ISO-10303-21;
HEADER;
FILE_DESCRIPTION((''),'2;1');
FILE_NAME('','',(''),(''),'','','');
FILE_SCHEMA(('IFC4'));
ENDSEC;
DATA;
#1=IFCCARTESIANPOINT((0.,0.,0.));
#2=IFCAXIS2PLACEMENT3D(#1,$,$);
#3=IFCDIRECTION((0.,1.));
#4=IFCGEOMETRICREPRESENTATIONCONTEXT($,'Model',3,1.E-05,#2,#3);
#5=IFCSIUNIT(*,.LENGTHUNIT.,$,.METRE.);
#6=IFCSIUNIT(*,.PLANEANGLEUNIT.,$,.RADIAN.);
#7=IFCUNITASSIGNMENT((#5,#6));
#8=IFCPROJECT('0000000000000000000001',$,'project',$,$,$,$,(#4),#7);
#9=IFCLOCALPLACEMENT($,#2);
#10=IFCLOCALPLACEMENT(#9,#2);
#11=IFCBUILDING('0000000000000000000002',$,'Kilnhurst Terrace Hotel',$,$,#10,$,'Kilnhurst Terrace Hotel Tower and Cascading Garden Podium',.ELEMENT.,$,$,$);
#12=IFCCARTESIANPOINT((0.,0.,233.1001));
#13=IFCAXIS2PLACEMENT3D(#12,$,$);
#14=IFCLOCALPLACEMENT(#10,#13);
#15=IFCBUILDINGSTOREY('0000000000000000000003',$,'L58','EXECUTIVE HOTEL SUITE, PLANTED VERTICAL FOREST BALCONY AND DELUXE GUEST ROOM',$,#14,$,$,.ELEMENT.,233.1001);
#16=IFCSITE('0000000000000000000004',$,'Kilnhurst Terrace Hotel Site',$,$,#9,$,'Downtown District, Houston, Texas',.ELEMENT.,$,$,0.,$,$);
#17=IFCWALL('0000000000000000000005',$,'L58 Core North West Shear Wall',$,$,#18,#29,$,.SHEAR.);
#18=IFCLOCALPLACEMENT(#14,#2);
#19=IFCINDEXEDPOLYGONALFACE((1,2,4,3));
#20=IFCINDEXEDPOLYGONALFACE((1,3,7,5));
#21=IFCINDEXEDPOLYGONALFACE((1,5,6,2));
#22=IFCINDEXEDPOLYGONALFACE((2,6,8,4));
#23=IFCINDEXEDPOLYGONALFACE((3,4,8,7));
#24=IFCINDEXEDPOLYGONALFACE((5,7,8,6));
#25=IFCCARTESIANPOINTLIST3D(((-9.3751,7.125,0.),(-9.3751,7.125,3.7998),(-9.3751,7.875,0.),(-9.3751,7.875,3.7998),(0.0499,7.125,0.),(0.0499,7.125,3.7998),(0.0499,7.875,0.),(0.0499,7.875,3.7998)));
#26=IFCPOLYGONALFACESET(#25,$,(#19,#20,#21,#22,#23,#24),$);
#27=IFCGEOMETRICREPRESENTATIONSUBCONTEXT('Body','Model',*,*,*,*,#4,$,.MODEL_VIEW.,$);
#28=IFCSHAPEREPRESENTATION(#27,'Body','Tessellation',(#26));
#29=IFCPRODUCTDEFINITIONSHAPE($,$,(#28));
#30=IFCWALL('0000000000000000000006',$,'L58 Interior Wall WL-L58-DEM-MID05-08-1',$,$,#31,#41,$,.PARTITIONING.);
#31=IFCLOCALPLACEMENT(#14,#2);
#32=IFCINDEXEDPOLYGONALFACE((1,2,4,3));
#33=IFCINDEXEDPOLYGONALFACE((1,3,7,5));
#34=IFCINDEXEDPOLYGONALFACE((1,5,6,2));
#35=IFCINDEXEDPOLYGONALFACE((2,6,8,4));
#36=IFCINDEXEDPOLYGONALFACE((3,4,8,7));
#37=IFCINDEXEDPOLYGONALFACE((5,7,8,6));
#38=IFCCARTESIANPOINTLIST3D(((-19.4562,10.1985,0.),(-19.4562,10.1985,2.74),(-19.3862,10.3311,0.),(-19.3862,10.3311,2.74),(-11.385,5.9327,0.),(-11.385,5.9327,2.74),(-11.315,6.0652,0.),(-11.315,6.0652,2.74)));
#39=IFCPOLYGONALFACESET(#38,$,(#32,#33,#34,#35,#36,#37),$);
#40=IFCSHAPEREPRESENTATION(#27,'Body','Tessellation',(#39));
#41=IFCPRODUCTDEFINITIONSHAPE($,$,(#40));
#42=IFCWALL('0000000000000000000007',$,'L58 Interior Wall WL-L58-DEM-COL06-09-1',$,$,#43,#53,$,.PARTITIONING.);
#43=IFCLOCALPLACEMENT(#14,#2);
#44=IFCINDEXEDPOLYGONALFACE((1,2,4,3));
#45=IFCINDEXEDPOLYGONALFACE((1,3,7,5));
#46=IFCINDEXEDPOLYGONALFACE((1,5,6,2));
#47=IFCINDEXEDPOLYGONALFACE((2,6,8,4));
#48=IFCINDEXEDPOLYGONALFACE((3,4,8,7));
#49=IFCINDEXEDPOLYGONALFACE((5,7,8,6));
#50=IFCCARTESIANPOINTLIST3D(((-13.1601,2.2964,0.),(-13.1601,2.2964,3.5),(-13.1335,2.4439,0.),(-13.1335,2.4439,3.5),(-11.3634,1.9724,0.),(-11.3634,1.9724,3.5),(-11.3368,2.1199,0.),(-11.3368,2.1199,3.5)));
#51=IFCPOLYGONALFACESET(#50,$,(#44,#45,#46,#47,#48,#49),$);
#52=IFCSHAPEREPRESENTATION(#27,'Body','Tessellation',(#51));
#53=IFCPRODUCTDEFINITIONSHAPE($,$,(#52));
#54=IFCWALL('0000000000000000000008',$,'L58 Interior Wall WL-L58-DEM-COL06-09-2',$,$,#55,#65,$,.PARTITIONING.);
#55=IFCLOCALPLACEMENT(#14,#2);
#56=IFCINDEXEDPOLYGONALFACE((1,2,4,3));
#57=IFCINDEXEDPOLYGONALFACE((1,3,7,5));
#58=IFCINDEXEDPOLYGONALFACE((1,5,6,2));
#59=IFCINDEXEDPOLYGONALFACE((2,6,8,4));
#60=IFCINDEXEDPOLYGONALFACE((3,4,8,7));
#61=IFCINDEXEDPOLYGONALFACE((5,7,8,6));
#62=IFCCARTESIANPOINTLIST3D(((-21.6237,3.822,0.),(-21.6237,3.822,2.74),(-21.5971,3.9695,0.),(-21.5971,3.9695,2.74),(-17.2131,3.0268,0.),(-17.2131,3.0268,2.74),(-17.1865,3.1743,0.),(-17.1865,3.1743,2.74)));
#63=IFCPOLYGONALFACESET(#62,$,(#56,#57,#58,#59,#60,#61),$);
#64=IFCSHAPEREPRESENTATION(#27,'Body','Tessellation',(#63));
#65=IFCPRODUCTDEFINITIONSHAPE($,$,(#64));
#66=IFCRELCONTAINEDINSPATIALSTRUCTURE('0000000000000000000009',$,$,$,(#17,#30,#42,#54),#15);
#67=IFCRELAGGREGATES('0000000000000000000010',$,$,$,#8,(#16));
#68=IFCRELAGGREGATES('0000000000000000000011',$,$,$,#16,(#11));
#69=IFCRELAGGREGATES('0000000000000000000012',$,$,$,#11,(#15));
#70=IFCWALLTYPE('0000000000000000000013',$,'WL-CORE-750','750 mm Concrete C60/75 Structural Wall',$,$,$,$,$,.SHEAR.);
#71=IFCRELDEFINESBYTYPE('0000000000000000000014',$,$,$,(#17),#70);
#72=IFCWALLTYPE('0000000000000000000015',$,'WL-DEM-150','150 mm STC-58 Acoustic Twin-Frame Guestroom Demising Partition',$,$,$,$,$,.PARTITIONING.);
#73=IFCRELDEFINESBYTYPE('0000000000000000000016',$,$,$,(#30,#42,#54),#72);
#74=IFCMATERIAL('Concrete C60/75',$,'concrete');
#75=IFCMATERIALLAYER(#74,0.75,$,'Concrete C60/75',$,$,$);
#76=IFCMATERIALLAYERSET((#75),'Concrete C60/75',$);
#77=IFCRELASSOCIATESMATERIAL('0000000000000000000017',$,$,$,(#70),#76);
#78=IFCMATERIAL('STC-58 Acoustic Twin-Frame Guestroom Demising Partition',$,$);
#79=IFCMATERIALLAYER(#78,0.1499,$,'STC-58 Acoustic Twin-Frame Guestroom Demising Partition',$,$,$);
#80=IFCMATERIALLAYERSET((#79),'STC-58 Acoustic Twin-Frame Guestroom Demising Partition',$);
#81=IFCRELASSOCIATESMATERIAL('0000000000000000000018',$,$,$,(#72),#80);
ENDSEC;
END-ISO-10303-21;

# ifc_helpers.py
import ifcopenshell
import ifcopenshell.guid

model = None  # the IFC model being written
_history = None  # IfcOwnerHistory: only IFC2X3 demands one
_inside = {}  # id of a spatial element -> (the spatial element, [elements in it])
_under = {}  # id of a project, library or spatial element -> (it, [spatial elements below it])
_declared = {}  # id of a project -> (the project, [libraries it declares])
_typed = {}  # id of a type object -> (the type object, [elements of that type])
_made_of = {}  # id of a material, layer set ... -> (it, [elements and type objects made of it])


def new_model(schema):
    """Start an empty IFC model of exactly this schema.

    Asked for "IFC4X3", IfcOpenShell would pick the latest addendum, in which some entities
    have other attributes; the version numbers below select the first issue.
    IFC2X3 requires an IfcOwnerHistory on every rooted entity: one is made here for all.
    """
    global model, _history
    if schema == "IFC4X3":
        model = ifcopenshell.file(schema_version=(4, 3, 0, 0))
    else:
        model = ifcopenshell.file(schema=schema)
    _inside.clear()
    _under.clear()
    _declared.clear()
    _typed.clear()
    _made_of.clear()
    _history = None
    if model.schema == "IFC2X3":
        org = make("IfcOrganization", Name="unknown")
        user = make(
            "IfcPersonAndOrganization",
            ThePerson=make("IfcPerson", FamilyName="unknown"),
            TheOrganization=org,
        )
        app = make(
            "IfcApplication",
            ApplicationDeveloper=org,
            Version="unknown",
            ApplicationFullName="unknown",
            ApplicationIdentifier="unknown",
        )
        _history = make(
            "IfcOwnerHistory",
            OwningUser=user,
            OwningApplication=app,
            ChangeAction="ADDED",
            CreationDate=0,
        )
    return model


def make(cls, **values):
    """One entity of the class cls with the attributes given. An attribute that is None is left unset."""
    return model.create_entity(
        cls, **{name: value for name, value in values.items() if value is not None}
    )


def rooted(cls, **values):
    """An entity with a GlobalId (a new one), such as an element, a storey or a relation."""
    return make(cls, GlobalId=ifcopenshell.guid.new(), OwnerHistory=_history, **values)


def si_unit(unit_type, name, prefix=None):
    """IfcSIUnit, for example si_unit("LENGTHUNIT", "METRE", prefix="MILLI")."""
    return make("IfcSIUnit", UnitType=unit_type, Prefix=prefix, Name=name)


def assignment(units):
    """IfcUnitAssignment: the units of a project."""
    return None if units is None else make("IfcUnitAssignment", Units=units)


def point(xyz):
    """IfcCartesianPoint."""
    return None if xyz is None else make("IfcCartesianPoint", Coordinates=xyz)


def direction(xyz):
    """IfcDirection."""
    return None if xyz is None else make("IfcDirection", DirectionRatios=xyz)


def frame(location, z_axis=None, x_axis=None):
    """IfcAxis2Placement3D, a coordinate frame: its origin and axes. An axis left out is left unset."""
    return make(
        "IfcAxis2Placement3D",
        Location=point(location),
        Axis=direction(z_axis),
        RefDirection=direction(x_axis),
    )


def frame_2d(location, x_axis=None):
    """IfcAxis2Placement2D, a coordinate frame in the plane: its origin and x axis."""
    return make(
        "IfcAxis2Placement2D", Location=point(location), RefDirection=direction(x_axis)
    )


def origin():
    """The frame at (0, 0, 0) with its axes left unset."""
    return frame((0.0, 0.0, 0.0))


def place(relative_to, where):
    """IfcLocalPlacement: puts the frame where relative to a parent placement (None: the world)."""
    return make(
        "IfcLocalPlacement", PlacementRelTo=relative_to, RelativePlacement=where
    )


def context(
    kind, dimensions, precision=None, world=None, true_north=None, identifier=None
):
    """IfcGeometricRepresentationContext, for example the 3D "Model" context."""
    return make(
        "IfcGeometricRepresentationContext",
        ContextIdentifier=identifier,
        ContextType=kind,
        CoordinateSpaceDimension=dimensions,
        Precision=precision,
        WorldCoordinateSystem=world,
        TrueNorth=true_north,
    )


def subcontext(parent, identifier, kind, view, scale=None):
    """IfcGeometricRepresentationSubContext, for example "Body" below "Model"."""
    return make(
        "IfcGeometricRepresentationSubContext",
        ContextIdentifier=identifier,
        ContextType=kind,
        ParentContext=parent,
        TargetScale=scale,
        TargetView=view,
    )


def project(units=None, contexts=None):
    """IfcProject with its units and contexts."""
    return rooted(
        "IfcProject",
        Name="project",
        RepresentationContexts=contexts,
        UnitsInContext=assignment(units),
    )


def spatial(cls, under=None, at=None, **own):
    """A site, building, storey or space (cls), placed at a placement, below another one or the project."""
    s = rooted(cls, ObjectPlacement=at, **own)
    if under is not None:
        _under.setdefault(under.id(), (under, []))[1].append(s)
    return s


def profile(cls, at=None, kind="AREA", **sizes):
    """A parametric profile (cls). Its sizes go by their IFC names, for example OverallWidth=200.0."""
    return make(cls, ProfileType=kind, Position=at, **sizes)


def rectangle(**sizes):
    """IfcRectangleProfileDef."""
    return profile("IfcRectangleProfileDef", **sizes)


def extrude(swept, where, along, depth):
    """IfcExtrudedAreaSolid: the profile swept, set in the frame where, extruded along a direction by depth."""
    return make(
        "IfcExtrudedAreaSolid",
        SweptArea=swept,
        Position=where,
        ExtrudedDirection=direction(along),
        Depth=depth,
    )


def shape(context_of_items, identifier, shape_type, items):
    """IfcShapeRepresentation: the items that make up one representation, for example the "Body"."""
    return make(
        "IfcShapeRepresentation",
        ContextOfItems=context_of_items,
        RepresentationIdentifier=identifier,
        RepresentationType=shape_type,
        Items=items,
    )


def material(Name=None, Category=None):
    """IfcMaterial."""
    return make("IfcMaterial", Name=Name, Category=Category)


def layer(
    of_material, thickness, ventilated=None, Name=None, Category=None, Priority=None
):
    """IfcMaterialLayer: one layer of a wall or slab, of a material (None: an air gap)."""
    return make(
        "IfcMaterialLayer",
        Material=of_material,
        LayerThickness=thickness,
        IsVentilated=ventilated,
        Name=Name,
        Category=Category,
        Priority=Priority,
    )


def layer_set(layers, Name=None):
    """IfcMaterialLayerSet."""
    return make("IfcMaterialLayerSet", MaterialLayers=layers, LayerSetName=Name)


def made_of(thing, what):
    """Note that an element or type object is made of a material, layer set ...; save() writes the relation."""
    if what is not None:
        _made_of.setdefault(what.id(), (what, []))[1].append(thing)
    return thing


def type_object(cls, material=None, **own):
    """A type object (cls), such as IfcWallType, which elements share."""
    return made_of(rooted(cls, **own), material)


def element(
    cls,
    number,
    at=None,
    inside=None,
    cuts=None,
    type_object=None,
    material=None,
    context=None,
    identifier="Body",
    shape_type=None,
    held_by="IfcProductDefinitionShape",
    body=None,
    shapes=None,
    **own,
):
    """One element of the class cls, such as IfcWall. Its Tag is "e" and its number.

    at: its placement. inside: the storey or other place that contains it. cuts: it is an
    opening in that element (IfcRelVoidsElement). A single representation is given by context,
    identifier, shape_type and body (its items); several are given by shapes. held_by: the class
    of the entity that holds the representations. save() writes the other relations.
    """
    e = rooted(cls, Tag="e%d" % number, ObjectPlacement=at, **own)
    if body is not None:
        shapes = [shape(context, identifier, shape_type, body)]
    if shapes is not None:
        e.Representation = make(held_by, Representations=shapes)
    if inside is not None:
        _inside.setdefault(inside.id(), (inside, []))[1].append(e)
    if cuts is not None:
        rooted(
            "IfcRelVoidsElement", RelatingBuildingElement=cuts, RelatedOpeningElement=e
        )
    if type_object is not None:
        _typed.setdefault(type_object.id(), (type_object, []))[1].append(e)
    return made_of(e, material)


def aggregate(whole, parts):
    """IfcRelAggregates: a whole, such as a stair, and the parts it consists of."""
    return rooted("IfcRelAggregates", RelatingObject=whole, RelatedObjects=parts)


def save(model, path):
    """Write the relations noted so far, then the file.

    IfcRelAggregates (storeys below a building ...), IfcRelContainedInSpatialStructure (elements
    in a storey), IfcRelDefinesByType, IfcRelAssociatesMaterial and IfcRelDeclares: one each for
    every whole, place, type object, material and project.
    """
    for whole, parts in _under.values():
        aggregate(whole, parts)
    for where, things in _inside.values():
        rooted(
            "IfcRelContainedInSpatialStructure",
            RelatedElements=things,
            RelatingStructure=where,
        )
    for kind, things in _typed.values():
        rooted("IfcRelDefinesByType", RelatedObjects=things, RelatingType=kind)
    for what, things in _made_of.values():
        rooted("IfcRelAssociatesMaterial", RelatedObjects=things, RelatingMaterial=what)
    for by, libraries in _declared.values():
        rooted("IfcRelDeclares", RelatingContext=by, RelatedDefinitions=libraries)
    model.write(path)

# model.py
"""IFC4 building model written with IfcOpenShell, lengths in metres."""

from ifc_helpers import new_model, si_unit, direction, frame, frame_2d, origin, place, context, subcontext, project, spatial, rectangle, extrude, material, layer, layer_set, type_object, element, save


model = new_model("IFC4")

# Units and contexts
model_context = context("Model", 3, precision=1e-05, world=origin(), true_north=direction((0.0, 1.0)))
body_context = subcontext(model_context, "Body", "Model", "MODEL_VIEW")
ifc_project = project(units=[si_unit("LENGTHUNIT", "METRE"), si_unit("PLANEANGLEUNIT", "RADIAN")], contexts=[model_context])

# Site, building, storey
site_placement = place(None, origin())
site = spatial("IfcSite", under=ifc_project, at=site_placement, Name="Kilnhurst Terrace Hotel Site", LongName="Downtown District, Houston, Texas", CompositionType="ELEMENT", RefElevation=0.0)
building_placement = place(site_placement, origin())
building = spatial("IfcBuilding", under=site, at=building_placement, Name="Kilnhurst Terrace Hotel", LongName="Kilnhurst Terrace Hotel Tower and Cascading Garden Podium", CompositionType="ELEMENT")
storey_placement = place(building_placement, frame((0.0, 0.0, 233.1001)))
storey = spatial("IfcBuildingStorey", under=building, at=storey_placement, Name="L58", Description="EXECUTIVE HOTEL SUITE, PLANTED VERTICAL FOREST BALCONY AND DELUXE GUEST ROOM", CompositionType="ELEMENT", Elevation=233.1001)

# Shared definitions
ifc_material_1 = material(Name="Concrete C60/75", Category="concrete")

# Walls
ifc_layer_1 = layer(ifc_material_1, 0.75, Name="Concrete C60/75")
ifc_layer_set_1 = layer_set([ifc_layer_1], Name="Concrete C60/75")
wall_type_1 = type_object("IfcWallType", Name="WL-CORE-750", Description="750 mm Concrete C60/75 Structural Wall", PredefinedType="SHEAR", material=ifc_layer_set_1)
wall_1_placement = place(storey_placement, frame((-9.375, 7.5, 0.0), z_axis=(0.0, 0.0, 1.0), x_axis=(1.0, 0.0, 0.0)))
element("IfcWall", 1, at=wall_1_placement, inside=storey, type_object=wall_type_1, Name="L58 Core North West Shear Wall", PredefinedType="SHEAR", context=body_context, shape_type="SweptSolid", body=[
    extrude(rectangle(XDim=9.425, YDim=0.75, at=frame_2d((4.7124, 0.0))), origin(), (0.0, 0.0, 1.0), 3.7998),
])
ifc_material_2 = material(Name="STC-58 Acoustic Twin-Frame Guestroom Demising Partition")
ifc_layer_2 = layer(ifc_material_2, 0.1499, Name="STC-58 Acoustic Twin-Frame Guestroom Demising Partition")
ifc_layer_set_2 = layer_set([ifc_layer_2], Name="STC-58 Acoustic Twin-Frame Guestroom Demising Partition")
wall_type_2 = type_object("IfcWallType", Name="WL-DEM-150", Description="150 mm STC-58 Acoustic Twin-Frame Guestroom Demising Partition", PredefinedType="PARTITIONING", material=ifc_layer_set_2)
wall_2_placement = place(storey_placement, frame((-11.3501, 5.999, 0.0), z_axis=(0.0, 0.0, 1.0), x_axis=(-0.884112, 0.467274, 0.0)))
element("IfcWall", 2, at=wall_2_placement, inside=storey, type_object=wall_type_2, Name="L58 Interior Wall WL-L58-DEM-MID05-08-1", PredefinedType="PARTITIONING", context=body_context, shape_type="SweptSolid", body=[
    extrude(rectangle(XDim=9.1292, YDim=0.1499, at=frame_2d((4.5645, 0.0))), origin(), (0.0, 0.0, 1.0), 2.74),
])
wall_3_placement = place(storey_placement, frame((-11.3501, 2.0461, 0.0), z_axis=(0.0, 0.0, 1.0), x_axis=(-0.984128, 0.177461, 0.0)))
element("IfcWall", 3, at=wall_3_placement, inside=storey, type_object=wall_type_2, Name="L58 Interior Wall WL-L58-DEM-COL06-09-1", PredefinedType="PARTITIONING", context=body_context, shape_type="SweptSolid", body=[
    extrude(rectangle(XDim=1.8257, YDim=0.1499, at=frame_2d((0.9128, 0.0))), origin(), (0.0, 0.0, 1.0), 3.5),
])
wall_4_placement = place(storey_placement, frame((-17.2, 3.1006, 0.0), z_axis=(0.0, 0.0, 1.0), x_axis=(-0.984135, 0.177423, 0.0)))
element("IfcWall", 4, at=wall_4_placement, inside=storey, type_object=wall_type_2, Name="L58 Interior Wall WL-L58-DEM-COL06-09-2", PredefinedType="PARTITIONING", context=body_context, shape_type="SweptSolid", body=[
    extrude(rectangle(XDim=4.4817, YDim=0.1499, at=frame_2d((2.2407, 0.0))), origin(), (0.0, 0.0, 1.0), 2.74),
])

save(model, "model.ifc")
